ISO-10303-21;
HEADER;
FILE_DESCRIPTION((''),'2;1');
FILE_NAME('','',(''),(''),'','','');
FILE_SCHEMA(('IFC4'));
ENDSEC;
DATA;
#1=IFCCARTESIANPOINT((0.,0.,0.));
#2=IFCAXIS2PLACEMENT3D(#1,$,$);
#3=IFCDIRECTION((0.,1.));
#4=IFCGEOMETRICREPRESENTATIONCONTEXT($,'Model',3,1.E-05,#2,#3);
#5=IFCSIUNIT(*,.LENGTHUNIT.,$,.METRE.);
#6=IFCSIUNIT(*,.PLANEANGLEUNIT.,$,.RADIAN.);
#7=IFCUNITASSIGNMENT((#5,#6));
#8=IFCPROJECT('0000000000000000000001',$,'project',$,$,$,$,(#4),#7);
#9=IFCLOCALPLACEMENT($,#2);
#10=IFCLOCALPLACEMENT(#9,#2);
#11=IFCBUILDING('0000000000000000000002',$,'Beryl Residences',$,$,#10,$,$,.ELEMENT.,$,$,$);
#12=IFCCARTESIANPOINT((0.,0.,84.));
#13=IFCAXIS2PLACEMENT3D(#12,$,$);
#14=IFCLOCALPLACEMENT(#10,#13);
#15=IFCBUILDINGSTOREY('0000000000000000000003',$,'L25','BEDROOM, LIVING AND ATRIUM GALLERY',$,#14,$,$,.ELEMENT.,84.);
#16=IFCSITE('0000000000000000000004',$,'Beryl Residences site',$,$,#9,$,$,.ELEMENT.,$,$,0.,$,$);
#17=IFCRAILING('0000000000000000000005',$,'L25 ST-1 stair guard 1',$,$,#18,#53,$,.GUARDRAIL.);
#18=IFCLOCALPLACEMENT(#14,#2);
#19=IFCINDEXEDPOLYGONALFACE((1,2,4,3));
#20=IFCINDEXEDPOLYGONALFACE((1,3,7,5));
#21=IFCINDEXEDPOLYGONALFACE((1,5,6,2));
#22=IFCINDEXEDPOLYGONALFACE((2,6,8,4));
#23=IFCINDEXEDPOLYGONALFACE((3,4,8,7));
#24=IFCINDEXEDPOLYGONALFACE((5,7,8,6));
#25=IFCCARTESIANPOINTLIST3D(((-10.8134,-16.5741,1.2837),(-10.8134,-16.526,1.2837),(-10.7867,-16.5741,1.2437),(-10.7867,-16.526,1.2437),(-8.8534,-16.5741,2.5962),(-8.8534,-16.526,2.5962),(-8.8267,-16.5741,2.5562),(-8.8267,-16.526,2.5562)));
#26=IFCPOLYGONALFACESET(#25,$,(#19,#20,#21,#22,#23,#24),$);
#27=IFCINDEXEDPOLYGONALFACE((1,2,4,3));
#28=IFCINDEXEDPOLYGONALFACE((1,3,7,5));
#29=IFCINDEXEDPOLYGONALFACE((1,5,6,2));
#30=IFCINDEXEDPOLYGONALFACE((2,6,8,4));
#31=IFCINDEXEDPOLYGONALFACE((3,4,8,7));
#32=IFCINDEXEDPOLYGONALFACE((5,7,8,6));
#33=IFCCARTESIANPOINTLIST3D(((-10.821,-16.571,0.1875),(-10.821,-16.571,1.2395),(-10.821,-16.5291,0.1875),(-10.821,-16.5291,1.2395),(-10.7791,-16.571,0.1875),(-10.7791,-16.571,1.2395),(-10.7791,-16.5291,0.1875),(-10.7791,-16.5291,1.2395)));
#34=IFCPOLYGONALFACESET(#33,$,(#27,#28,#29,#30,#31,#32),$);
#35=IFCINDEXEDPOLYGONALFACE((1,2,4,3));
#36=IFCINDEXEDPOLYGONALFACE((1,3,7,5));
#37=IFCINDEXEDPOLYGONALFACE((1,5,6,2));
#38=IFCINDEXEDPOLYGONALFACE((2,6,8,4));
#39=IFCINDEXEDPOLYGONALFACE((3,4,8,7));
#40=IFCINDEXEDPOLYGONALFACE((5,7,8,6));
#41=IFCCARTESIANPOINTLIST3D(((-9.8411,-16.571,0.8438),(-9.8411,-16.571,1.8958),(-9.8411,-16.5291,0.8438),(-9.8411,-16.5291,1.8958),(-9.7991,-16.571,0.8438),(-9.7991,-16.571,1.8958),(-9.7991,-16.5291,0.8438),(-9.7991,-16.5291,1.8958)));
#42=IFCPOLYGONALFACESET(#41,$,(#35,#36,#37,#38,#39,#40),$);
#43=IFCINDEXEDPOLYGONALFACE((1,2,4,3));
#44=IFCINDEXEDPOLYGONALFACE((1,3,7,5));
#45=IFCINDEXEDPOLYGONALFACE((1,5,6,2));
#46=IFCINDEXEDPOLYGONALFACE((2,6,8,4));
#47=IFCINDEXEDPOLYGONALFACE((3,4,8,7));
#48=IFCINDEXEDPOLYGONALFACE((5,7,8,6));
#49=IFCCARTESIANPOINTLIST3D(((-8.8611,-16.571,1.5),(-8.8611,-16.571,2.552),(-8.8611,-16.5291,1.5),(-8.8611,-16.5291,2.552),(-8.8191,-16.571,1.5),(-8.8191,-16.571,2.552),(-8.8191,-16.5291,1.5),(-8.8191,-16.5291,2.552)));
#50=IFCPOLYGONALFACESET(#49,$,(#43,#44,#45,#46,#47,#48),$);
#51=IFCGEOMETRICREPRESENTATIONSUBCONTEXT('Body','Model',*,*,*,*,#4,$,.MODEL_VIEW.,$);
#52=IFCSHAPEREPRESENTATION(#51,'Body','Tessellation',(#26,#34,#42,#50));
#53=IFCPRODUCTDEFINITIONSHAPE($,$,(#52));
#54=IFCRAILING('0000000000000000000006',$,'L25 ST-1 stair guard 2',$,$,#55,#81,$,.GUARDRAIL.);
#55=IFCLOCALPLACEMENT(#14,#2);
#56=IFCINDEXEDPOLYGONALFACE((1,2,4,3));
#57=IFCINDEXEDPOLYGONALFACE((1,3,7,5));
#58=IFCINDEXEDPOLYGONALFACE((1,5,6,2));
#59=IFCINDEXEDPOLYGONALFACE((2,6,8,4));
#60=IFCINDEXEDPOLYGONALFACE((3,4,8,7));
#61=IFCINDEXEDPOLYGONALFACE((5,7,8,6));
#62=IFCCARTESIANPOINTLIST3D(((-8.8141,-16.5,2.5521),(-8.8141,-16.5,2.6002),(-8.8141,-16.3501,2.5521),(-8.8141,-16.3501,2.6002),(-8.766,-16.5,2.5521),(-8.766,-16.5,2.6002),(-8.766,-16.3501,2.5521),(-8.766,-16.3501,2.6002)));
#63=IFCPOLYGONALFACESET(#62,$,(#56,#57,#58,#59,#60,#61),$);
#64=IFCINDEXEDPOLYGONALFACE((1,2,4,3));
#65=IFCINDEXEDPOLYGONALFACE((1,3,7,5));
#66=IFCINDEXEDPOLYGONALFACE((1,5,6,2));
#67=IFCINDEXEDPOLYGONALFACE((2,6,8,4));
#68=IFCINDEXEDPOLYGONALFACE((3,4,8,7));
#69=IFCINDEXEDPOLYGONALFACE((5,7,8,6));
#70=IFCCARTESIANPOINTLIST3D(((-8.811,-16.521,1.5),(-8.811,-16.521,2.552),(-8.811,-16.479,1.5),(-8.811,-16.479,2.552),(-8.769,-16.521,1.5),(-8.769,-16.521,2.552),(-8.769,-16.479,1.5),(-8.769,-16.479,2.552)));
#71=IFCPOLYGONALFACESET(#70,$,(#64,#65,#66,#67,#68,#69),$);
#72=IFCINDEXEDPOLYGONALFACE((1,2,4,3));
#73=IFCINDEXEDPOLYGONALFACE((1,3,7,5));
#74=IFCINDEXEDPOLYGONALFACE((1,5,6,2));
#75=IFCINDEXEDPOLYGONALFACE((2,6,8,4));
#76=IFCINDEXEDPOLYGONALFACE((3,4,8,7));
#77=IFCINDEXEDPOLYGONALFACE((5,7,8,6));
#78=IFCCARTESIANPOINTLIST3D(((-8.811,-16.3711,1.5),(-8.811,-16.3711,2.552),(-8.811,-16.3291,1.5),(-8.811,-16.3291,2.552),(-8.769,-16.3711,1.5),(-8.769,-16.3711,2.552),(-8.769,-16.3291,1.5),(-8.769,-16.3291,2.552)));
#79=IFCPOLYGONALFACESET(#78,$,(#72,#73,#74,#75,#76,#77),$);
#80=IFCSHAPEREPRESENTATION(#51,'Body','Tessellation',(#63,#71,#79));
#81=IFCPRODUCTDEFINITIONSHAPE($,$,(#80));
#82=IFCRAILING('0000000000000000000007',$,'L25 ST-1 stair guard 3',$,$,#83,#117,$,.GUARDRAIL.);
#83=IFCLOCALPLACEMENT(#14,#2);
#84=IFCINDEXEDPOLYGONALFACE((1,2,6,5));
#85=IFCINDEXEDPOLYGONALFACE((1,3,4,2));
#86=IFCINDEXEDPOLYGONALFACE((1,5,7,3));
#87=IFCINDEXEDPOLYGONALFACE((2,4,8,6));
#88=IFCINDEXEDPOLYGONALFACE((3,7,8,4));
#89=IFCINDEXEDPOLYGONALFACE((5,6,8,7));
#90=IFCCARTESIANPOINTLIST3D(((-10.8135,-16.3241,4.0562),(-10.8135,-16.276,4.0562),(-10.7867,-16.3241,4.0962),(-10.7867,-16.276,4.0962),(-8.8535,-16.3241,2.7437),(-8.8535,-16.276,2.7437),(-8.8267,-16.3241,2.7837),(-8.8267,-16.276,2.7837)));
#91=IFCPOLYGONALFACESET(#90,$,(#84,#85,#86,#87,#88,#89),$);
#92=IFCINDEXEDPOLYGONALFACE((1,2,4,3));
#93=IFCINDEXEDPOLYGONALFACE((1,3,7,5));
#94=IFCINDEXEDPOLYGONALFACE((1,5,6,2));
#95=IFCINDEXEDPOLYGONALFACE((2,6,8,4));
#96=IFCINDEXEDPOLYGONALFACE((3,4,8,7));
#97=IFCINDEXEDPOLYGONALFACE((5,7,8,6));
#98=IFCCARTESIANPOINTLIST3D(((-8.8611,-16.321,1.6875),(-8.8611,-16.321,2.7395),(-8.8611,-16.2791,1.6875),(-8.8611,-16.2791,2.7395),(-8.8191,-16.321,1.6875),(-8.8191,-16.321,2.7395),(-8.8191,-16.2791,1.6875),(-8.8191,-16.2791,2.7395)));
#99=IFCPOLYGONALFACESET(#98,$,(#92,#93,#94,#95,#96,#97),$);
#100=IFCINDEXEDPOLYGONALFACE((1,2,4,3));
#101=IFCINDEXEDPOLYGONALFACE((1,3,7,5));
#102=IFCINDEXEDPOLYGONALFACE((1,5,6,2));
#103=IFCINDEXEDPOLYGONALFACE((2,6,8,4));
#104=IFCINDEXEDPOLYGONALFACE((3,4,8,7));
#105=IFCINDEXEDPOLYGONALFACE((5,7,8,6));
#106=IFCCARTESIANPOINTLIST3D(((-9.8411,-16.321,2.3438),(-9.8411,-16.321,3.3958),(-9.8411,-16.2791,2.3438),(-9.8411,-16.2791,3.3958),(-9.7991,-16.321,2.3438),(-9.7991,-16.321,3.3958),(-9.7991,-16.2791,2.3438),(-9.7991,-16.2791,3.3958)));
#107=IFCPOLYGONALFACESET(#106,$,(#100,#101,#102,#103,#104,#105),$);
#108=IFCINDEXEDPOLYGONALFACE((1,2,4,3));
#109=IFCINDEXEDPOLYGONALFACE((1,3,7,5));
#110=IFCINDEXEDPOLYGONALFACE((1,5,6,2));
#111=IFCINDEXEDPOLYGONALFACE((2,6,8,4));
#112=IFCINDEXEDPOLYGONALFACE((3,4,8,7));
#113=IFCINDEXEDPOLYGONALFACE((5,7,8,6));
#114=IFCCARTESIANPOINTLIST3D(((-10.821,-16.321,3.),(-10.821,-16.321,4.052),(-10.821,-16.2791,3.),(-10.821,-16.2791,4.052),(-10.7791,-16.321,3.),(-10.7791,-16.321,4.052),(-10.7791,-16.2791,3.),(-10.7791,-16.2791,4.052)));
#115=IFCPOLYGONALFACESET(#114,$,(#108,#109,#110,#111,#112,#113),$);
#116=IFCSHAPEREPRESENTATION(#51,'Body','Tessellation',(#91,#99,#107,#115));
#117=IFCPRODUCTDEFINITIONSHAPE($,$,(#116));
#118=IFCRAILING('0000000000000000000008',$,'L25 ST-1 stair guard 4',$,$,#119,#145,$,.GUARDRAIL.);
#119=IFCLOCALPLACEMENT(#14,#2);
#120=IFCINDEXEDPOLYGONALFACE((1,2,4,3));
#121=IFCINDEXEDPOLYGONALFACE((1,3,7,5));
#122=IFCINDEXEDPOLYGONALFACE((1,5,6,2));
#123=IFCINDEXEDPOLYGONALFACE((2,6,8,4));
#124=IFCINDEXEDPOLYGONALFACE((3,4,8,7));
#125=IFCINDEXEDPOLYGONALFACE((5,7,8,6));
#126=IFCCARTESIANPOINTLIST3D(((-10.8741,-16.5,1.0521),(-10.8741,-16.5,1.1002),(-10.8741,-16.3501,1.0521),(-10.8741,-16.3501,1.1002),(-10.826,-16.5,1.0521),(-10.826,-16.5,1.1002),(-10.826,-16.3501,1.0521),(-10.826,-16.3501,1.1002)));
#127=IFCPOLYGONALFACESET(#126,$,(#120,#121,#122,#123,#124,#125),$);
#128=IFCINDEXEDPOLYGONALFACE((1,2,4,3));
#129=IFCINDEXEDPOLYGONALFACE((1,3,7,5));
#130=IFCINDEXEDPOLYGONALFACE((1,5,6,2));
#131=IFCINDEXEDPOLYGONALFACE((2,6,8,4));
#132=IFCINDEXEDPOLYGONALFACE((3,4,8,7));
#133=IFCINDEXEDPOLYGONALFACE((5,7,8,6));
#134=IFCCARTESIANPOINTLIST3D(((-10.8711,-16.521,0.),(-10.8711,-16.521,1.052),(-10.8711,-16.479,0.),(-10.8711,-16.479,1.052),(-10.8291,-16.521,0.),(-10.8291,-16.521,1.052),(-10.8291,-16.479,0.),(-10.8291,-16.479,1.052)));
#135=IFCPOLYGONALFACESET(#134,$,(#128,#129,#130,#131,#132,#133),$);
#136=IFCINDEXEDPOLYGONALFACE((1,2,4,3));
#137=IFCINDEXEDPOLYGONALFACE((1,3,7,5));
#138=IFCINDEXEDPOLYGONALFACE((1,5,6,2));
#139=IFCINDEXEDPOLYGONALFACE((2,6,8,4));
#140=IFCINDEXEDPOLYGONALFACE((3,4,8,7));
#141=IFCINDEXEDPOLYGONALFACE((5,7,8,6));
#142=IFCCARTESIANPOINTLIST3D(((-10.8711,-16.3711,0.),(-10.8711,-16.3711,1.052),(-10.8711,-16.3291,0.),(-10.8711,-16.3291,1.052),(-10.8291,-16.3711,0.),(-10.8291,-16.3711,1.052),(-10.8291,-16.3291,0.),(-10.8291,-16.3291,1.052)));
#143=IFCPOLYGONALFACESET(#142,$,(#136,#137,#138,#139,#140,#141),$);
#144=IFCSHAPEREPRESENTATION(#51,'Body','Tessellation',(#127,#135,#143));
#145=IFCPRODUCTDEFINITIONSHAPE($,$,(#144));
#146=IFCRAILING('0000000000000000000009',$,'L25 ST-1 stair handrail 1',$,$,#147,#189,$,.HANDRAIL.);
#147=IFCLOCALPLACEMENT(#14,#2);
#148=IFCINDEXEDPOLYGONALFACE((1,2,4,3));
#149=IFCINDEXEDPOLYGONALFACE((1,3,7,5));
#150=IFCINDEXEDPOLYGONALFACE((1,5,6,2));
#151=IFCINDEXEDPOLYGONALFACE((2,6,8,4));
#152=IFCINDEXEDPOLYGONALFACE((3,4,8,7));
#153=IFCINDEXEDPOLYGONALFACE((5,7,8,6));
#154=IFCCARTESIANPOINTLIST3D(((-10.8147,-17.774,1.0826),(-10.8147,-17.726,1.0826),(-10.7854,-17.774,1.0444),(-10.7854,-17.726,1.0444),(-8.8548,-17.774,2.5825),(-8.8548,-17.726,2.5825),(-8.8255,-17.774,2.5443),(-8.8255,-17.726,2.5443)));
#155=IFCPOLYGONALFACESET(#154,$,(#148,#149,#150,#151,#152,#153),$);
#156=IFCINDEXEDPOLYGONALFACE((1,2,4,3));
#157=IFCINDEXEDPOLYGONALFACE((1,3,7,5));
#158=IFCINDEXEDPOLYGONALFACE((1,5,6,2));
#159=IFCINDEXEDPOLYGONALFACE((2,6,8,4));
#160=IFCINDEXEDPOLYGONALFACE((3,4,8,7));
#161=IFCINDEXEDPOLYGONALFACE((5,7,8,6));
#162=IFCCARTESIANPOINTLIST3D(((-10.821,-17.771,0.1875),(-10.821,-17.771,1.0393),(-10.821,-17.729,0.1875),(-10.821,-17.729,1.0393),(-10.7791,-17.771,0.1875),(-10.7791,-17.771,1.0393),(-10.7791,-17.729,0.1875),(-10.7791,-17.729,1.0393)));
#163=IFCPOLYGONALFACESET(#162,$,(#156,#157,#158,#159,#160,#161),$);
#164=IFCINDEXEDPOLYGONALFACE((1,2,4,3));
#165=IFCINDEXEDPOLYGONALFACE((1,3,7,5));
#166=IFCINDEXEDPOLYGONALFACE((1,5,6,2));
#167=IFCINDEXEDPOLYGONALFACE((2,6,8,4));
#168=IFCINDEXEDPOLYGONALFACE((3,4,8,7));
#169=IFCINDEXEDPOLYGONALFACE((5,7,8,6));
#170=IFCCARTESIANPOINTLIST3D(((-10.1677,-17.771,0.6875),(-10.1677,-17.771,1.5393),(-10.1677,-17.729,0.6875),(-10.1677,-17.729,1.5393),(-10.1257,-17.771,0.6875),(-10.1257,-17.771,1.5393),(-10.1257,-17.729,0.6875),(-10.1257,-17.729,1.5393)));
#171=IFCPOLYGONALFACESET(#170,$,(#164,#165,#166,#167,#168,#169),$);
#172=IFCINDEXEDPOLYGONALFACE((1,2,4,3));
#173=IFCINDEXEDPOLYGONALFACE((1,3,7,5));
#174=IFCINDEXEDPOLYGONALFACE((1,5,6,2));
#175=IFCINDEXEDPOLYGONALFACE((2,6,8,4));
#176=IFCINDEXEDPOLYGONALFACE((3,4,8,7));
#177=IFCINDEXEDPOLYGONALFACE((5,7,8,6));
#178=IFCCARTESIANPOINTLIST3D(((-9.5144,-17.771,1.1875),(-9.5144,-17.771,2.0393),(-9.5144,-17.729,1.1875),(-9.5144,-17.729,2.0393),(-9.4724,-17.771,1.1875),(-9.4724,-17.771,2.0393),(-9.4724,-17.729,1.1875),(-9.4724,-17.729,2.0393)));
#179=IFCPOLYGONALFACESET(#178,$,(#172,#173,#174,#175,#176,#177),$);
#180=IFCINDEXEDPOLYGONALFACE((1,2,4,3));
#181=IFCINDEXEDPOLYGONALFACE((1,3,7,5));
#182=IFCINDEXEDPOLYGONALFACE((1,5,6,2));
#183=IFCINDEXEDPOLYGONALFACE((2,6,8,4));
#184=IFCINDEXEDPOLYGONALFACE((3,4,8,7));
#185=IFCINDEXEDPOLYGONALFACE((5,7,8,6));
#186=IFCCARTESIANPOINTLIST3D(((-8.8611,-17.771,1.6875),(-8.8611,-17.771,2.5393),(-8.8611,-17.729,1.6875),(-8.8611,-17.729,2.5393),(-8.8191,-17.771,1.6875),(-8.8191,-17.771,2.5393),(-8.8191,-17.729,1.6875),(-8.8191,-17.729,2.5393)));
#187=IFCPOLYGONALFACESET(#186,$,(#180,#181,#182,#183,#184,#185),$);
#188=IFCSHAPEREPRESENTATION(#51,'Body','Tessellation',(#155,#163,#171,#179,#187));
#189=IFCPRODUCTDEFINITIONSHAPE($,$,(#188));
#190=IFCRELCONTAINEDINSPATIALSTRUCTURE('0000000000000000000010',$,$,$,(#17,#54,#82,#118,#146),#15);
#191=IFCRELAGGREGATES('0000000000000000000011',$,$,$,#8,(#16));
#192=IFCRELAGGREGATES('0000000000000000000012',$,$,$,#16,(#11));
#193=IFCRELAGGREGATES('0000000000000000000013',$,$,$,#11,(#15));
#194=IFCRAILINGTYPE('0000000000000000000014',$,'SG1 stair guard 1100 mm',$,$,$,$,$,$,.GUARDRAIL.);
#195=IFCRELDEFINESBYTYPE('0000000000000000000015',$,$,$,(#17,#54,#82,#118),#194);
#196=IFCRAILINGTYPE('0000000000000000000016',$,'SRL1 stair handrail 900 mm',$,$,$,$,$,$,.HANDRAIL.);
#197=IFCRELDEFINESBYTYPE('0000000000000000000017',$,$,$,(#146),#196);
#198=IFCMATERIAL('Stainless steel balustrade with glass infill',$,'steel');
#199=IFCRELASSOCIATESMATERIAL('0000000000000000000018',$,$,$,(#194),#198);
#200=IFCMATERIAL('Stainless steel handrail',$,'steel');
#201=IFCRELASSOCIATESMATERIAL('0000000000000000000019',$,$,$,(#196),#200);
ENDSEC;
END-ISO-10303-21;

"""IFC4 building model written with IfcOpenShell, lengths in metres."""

from ifc_helpers import new_model, si_unit, direction, frame, origin, origin_2d, place, context, subcontext, project, spatial, rectangle, extrude, material, type_object, element, save


model = new_model("IFC4")

# Units and contexts
model_context = context("Model", 3, precision=1e-05, world=origin(), true_north=direction((0.0, 1.0)))
body_context = subcontext(model_context, "Body", "Model", "MODEL_VIEW")
ifc_project = project(units=[si_unit("LENGTHUNIT", "METRE"), si_unit("PLANEANGLEUNIT", "RADIAN")], contexts=[model_context])

# Site, building, storey
site_placement = place(None, origin())
site = spatial("IfcSite", under=ifc_project, at=site_placement, Name="Beryl Residences site", CompositionType="ELEMENT", RefElevation=0.0)
building_placement = place(site_placement, origin())
building = spatial("IfcBuilding", under=site, at=building_placement, Name="Beryl Residences", CompositionType="ELEMENT")
storey_placement = place(building_placement, frame((0.0, 0.0, 84.0)))
storey = spatial("IfcBuildingStorey", under=building, at=storey_placement, Name="L25", Description="BEDROOM, LIVING AND ATRIUM GALLERY", CompositionType="ELEMENT", Elevation=84.0)

# Railings
ifc_material_1 = material(Name="Stainless steel balustrade with glass infill", Category="steel")
railing_type_1 = type_object("IfcRailingType", Name="SG1 stair guard 1100 mm", PredefinedType="GUARDRAIL", material=ifc_material_1)
railing_1_placement = place(storey_placement, frame((-10.8, -16.55, 0.1875)))
element("IfcRailing", 1, at=railing_1_placement, inside=storey, type_object=railing_type_1, Name="L25 ST-1 stair guard 1", PredefinedType="GUARDRAIL", context=body_context, shape_type="SweptSolid", body=[
    extrude(rectangle(XDim=0.0481, YDim=0.0481, at=origin_2d()), frame((0.0, 0.0, 1.0762), z_axis=(0.830902, 0.0, 0.556419), x_axis=(0.0, 1.0, 0.0)), (0.0, 0.0, 1.0), 2.3589),
    extrude(rectangle(XDim=0.042, YDim=0.042, at=origin_2d()), origin(), (0.0, 0.0, 1.0), 1.052),
    extrude(rectangle(XDim=0.042, YDim=0.042, at=origin_2d()), frame((0.98, 0.0, 0.6562)), (0.0, 0.0, 1.0), 1.052),
    extrude(rectangle(XDim=0.042, YDim=0.042, at=origin_2d()), frame((1.96, 0.0, 1.3125)), (0.0, 0.0, 1.0), 1.052),
])
railing_2_placement = place(storey_placement, frame((-8.79, -16.5, 1.5)))
element("IfcRailing", 2, at=railing_2_placement, inside=storey, type_object=railing_type_1, Name="L25 ST-1 stair guard 2", PredefinedType="GUARDRAIL", context=body_context, shape_type="SweptSolid", body=[
    extrude(rectangle(XDim=0.0481, YDim=0.0481, at=origin_2d()), frame((0.0, 0.0, 1.0762), z_axis=(0.0, 1.0, 0.0), x_axis=(-1.0, 0.0, 0.0)), (0.0, 0.0, 1.0), 0.1499),
    extrude(rectangle(XDim=0.042, YDim=0.042, at=origin_2d()), origin(), (0.0, 0.0, 1.0), 1.052),
    extrude(rectangle(XDim=0.042, YDim=0.042, at=origin_2d()), frame((0.0, 0.1499, 0.0)), (0.0, 0.0, 1.0), 1.052),
])
railing_3_placement = place(storey_placement, frame((-8.8401, -16.3, 1.6875)))
element("IfcRailing", 3, at=railing_3_placement, inside=storey, type_object=railing_type_1, Name="L25 ST-1 stair guard 3", PredefinedType="GUARDRAIL", context=body_context, shape_type="SweptSolid", body=[
    extrude(rectangle(XDim=0.0481, YDim=0.0481, at=origin_2d()), frame((0.0, 0.0, 1.0762), z_axis=(-0.830902, 0.0, 0.556419), x_axis=(0.0, -1.0, 0.0)), (0.0, 0.0, 1.0), 2.3589),
    extrude(rectangle(XDim=0.042, YDim=0.042, at=origin_2d()), origin(), (0.0, 0.0, 1.0), 1.052),
    extrude(rectangle(XDim=0.042, YDim=0.042, at=origin_2d()), frame((-0.98, 0.0, 0.6562)), (0.0, 0.0, 1.0), 1.052),
    extrude(rectangle(XDim=0.042, YDim=0.042, at=origin_2d()), frame((-1.96, 0.0, 1.3125)), (0.0, 0.0, 1.0), 1.052),
])
railing_4_placement = place(storey_placement, frame((-10.8501, -16.5, 0.0)))
element("IfcRailing", 4, at=railing_4_placement, inside=storey, type_object=railing_type_1, Name="L25 ST-1 stair guard 4", PredefinedType="GUARDRAIL", context=body_context, shape_type="SweptSolid", body=[
    extrude(rectangle(XDim=0.0481, YDim=0.0481, at=origin_2d()), frame((0.0, 0.0, 1.0762), z_axis=(0.0, 1.0, 0.0), x_axis=(-1.0, 0.0, 0.0)), (0.0, 0.0, 1.0), 0.1499),
    extrude(rectangle(XDim=0.042, YDim=0.042, at=origin_2d()), origin(), (0.0, 0.0, 1.0), 1.052),
    extrude(rectangle(XDim=0.042, YDim=0.042, at=origin_2d()), frame((0.0, 0.1499, 0.0)), (0.0, 0.0, 1.0), 1.052),
])
ifc_material_2 = material(Name="Stainless steel handrail", Category="steel")
railing_type_2 = type_object("IfcRailingType", Name="SRL1 stair handrail 900 mm", PredefinedType="HANDRAIL", material=ifc_material_2)
railing_5_placement = place(storey_placement, frame((-10.8, -17.75, 0.1875)))
element("IfcRailing", 5, at=railing_5_placement, inside=storey, type_object=railing_type_2, Name="L25 ST-1 stair handrail 1", PredefinedType="HANDRAIL", context=body_context, shape_type="SweptSolid", body=[
    extrude(rectangle(XDim=0.0481, YDim=0.0481, at=origin_2d()), frame((0.0, 0.0, 0.876), z_axis=(0.794122, 0.0, 0.607758), x_axis=(0.0, 1.0, 0.0)), (0.0, 0.0, 1.0), 2.468),
    extrude(rectangle(XDim=0.042, YDim=0.042, at=origin_2d()), origin(), (0.0, 0.0, 1.0), 0.8518),
    extrude(rectangle(XDim=0.042, YDim=0.042, at=origin_2d()), frame((0.6533, 0.0, 0.5)), (0.0, 0.0, 1.0), 0.8518),
    extrude(rectangle(XDim=0.042, YDim=0.042, at=origin_2d()), frame((1.3066, 0.0, 1.0)), (0.0, 0.0, 1.0), 0.8518),
    extrude(rectangle(XDim=0.042, YDim=0.042, at=origin_2d()), frame((1.96, 0.0, 1.5)), (0.0, 0.0, 1.0), 0.8518),
])

save(model, "model.ifc")
